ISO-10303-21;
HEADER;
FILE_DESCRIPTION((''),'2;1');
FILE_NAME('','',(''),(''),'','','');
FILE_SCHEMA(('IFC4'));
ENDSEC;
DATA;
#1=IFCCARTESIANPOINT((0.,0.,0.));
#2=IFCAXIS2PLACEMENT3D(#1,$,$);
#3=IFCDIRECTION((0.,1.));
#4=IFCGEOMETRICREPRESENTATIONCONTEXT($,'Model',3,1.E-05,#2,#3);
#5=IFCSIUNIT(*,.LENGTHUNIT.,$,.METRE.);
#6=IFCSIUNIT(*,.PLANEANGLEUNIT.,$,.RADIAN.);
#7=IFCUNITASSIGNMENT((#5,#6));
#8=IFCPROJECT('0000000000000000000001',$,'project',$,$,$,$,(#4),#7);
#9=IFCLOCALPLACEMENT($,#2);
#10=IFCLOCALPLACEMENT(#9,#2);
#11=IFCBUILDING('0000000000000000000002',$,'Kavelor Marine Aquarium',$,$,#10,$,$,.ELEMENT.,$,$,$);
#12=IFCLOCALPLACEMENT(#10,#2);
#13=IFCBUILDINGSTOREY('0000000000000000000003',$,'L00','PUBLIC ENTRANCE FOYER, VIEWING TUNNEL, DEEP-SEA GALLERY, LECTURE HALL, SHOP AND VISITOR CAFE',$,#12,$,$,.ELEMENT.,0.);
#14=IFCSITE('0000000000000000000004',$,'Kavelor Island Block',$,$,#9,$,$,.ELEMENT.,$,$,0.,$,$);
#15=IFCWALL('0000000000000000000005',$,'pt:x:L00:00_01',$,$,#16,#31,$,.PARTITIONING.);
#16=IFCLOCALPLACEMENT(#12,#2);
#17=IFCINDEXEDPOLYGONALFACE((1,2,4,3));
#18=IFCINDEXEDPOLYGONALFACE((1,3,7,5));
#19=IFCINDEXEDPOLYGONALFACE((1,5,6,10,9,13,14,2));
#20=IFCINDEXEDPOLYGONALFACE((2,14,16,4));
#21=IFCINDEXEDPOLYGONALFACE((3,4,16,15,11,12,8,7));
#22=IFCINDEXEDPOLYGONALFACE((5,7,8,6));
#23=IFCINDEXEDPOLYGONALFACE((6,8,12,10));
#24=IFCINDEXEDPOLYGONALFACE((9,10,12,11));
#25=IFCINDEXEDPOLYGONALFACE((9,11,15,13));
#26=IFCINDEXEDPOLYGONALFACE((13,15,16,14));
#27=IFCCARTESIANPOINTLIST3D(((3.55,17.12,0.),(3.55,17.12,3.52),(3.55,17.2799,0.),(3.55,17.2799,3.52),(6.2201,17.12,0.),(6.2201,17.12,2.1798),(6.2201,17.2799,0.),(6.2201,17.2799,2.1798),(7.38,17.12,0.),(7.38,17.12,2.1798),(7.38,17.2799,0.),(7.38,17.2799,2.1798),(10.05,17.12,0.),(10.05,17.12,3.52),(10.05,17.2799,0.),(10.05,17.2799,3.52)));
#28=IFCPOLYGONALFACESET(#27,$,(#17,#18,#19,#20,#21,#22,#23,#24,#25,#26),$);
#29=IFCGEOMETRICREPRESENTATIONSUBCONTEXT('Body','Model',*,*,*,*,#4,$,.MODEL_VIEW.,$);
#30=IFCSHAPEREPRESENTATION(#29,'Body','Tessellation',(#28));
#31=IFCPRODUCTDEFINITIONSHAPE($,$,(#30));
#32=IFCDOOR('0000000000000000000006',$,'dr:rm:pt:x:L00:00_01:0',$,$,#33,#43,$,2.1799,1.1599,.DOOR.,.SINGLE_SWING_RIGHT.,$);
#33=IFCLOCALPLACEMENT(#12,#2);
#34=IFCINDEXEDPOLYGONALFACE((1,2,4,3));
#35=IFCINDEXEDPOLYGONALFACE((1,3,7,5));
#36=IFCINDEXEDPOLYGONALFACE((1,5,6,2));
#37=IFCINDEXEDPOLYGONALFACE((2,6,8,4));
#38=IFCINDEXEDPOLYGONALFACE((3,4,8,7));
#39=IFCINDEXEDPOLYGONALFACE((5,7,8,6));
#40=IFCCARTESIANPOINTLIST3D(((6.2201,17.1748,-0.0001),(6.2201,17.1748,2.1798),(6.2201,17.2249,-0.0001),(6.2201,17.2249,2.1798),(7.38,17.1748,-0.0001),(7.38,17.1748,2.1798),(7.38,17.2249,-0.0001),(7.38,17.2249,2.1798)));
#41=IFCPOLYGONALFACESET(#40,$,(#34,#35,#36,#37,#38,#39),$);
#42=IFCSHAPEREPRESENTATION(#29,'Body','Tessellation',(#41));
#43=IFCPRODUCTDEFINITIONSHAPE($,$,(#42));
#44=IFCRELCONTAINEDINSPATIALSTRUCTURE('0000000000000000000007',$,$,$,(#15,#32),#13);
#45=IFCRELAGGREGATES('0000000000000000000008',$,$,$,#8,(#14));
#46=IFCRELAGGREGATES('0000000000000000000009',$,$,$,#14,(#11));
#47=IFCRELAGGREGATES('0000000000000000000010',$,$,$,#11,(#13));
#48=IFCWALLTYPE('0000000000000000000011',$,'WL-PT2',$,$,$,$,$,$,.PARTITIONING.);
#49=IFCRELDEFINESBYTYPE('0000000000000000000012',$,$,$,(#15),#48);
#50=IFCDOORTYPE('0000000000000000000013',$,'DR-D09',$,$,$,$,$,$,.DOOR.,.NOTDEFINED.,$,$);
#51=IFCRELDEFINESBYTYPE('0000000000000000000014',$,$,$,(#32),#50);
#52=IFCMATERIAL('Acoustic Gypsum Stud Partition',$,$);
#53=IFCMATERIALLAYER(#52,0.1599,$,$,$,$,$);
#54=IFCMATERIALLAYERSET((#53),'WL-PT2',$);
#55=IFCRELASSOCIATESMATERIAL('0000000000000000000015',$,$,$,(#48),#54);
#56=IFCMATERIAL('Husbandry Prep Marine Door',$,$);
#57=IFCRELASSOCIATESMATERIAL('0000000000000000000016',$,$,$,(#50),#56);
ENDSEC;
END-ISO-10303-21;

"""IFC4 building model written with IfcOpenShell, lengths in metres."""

from ifc_helpers import new_model, si_unit, direction, frame, frame_2d, origin, place, context, subcontext, project, spatial, rectangle, extrude, material, layer, layer_set, type_object, element, fill, save


model = new_model("IFC4")

# Units and contexts
model_context = context("Model", 3, precision=1e-05, world=origin(), true_north=direction((0.0, 1.0)))
body_context = subcontext(model_context, "Body", "Model", "MODEL_VIEW")
ifc_project = project(units=[si_unit("LENGTHUNIT", "METRE"), si_unit("PLANEANGLEUNIT", "RADIAN")], contexts=[model_context])

# Site, building, storey
site_placement = place(None, origin())
site = spatial("IfcSite", under=ifc_project, at=site_placement, Name="Kavelor Island Block", CompositionType="ELEMENT", RefElevation=0.0)
building_placement = place(site_placement, origin())
building = spatial("IfcBuilding", under=site, at=building_placement, Name="Kavelor Marine Aquarium", CompositionType="ELEMENT")
storey_placement = place(building_placement, origin())
storey = spatial("IfcBuildingStorey", under=building, at=storey_placement, Name="L00", Description="PUBLIC ENTRANCE FOYER, VIEWING TUNNEL, DEEP-SEA GALLERY, LECTURE HALL, SHOP AND VISITOR CAFE", CompositionType="ELEMENT", Elevation=0.0)

# Wall, opening, door
ifc_material_1 = material(Name="Acoustic Gypsum Stud Partition")
ifc_layer_1 = layer(ifc_material_1, 0.1599)
ifc_layer_set_1 = layer_set([ifc_layer_1], Name="WL-PT2")
wall_type_1 = type_object("IfcWallType", Name="WL-PT2", PredefinedType="PARTITIONING", material=ifc_layer_set_1)
wall_1_placement = place(storey_placement, frame((3.55, 17.2, 0.0), z_axis=(0.0, 0.0, 1.0), x_axis=(1.0, 0.0, 0.0)))
wall_1 = element("IfcWall", 1, at=wall_1_placement, inside=storey, type_object=wall_type_1, Name="pt:x:L00:00_01", PredefinedType="PARTITIONING", context=body_context, shape_type="SweptSolid", body=[
    extrude(rectangle(XDim=6.5, YDim=0.1599, at=frame_2d((3.25, 0.0))), origin(), (0.0, 0.0, 1.0), 3.52),
])
opening_1_placement = place(wall_1_placement, frame((2.6699, 0.0, 0.0)))
opening_1 = element("IfcOpeningElement", 2, at=opening_1_placement, cuts=wall_1, PredefinedType="OPENING", context=body_context, shape_type="SweptSolid", body=[
    extrude(rectangle(XDim=1.1599, YDim=2.1799, at=frame_2d((0.5801, 1.0898))), frame((0.0, 0.0898, 0.0), z_axis=(0.0, -1.0, 0.0), x_axis=(1.0, 0.0, 0.0)), (0.0, 0.0, 1.0), 0.1799),
])
ifc_material_2 = material(Name="Husbandry Prep Marine Door")
door_type_1 = type_object("IfcDoorType", Name="DR-D09", OperationType="NOTDEFINED", PredefinedType="DOOR", material=ifc_material_2)
door_1_placement = place(opening_1_placement, origin())
door_1 = element("IfcDoor", 3, at=door_1_placement, inside=storey, type_object=door_type_1, Name="dr:rm:pt:x:L00:00_01:0", OperationType="SINGLE_SWING_RIGHT", OverallHeight=2.1799, OverallWidth=1.1599, PredefinedType="DOOR", context=body_context, shape_type="SweptSolid", body=[
    extrude(rectangle(XDim=1.1599, YDim=2.1799, at=frame_2d((0.5801, 1.0898))), frame((0.0, 0.0249, 0.0), z_axis=(0.0, -1.0, 0.0), x_axis=(1.0, 0.0, 0.0)), (0.0, 0.0, 1.0), 0.05),
])
fill(opening_1, door_1)

save(model, "model.ifc")
